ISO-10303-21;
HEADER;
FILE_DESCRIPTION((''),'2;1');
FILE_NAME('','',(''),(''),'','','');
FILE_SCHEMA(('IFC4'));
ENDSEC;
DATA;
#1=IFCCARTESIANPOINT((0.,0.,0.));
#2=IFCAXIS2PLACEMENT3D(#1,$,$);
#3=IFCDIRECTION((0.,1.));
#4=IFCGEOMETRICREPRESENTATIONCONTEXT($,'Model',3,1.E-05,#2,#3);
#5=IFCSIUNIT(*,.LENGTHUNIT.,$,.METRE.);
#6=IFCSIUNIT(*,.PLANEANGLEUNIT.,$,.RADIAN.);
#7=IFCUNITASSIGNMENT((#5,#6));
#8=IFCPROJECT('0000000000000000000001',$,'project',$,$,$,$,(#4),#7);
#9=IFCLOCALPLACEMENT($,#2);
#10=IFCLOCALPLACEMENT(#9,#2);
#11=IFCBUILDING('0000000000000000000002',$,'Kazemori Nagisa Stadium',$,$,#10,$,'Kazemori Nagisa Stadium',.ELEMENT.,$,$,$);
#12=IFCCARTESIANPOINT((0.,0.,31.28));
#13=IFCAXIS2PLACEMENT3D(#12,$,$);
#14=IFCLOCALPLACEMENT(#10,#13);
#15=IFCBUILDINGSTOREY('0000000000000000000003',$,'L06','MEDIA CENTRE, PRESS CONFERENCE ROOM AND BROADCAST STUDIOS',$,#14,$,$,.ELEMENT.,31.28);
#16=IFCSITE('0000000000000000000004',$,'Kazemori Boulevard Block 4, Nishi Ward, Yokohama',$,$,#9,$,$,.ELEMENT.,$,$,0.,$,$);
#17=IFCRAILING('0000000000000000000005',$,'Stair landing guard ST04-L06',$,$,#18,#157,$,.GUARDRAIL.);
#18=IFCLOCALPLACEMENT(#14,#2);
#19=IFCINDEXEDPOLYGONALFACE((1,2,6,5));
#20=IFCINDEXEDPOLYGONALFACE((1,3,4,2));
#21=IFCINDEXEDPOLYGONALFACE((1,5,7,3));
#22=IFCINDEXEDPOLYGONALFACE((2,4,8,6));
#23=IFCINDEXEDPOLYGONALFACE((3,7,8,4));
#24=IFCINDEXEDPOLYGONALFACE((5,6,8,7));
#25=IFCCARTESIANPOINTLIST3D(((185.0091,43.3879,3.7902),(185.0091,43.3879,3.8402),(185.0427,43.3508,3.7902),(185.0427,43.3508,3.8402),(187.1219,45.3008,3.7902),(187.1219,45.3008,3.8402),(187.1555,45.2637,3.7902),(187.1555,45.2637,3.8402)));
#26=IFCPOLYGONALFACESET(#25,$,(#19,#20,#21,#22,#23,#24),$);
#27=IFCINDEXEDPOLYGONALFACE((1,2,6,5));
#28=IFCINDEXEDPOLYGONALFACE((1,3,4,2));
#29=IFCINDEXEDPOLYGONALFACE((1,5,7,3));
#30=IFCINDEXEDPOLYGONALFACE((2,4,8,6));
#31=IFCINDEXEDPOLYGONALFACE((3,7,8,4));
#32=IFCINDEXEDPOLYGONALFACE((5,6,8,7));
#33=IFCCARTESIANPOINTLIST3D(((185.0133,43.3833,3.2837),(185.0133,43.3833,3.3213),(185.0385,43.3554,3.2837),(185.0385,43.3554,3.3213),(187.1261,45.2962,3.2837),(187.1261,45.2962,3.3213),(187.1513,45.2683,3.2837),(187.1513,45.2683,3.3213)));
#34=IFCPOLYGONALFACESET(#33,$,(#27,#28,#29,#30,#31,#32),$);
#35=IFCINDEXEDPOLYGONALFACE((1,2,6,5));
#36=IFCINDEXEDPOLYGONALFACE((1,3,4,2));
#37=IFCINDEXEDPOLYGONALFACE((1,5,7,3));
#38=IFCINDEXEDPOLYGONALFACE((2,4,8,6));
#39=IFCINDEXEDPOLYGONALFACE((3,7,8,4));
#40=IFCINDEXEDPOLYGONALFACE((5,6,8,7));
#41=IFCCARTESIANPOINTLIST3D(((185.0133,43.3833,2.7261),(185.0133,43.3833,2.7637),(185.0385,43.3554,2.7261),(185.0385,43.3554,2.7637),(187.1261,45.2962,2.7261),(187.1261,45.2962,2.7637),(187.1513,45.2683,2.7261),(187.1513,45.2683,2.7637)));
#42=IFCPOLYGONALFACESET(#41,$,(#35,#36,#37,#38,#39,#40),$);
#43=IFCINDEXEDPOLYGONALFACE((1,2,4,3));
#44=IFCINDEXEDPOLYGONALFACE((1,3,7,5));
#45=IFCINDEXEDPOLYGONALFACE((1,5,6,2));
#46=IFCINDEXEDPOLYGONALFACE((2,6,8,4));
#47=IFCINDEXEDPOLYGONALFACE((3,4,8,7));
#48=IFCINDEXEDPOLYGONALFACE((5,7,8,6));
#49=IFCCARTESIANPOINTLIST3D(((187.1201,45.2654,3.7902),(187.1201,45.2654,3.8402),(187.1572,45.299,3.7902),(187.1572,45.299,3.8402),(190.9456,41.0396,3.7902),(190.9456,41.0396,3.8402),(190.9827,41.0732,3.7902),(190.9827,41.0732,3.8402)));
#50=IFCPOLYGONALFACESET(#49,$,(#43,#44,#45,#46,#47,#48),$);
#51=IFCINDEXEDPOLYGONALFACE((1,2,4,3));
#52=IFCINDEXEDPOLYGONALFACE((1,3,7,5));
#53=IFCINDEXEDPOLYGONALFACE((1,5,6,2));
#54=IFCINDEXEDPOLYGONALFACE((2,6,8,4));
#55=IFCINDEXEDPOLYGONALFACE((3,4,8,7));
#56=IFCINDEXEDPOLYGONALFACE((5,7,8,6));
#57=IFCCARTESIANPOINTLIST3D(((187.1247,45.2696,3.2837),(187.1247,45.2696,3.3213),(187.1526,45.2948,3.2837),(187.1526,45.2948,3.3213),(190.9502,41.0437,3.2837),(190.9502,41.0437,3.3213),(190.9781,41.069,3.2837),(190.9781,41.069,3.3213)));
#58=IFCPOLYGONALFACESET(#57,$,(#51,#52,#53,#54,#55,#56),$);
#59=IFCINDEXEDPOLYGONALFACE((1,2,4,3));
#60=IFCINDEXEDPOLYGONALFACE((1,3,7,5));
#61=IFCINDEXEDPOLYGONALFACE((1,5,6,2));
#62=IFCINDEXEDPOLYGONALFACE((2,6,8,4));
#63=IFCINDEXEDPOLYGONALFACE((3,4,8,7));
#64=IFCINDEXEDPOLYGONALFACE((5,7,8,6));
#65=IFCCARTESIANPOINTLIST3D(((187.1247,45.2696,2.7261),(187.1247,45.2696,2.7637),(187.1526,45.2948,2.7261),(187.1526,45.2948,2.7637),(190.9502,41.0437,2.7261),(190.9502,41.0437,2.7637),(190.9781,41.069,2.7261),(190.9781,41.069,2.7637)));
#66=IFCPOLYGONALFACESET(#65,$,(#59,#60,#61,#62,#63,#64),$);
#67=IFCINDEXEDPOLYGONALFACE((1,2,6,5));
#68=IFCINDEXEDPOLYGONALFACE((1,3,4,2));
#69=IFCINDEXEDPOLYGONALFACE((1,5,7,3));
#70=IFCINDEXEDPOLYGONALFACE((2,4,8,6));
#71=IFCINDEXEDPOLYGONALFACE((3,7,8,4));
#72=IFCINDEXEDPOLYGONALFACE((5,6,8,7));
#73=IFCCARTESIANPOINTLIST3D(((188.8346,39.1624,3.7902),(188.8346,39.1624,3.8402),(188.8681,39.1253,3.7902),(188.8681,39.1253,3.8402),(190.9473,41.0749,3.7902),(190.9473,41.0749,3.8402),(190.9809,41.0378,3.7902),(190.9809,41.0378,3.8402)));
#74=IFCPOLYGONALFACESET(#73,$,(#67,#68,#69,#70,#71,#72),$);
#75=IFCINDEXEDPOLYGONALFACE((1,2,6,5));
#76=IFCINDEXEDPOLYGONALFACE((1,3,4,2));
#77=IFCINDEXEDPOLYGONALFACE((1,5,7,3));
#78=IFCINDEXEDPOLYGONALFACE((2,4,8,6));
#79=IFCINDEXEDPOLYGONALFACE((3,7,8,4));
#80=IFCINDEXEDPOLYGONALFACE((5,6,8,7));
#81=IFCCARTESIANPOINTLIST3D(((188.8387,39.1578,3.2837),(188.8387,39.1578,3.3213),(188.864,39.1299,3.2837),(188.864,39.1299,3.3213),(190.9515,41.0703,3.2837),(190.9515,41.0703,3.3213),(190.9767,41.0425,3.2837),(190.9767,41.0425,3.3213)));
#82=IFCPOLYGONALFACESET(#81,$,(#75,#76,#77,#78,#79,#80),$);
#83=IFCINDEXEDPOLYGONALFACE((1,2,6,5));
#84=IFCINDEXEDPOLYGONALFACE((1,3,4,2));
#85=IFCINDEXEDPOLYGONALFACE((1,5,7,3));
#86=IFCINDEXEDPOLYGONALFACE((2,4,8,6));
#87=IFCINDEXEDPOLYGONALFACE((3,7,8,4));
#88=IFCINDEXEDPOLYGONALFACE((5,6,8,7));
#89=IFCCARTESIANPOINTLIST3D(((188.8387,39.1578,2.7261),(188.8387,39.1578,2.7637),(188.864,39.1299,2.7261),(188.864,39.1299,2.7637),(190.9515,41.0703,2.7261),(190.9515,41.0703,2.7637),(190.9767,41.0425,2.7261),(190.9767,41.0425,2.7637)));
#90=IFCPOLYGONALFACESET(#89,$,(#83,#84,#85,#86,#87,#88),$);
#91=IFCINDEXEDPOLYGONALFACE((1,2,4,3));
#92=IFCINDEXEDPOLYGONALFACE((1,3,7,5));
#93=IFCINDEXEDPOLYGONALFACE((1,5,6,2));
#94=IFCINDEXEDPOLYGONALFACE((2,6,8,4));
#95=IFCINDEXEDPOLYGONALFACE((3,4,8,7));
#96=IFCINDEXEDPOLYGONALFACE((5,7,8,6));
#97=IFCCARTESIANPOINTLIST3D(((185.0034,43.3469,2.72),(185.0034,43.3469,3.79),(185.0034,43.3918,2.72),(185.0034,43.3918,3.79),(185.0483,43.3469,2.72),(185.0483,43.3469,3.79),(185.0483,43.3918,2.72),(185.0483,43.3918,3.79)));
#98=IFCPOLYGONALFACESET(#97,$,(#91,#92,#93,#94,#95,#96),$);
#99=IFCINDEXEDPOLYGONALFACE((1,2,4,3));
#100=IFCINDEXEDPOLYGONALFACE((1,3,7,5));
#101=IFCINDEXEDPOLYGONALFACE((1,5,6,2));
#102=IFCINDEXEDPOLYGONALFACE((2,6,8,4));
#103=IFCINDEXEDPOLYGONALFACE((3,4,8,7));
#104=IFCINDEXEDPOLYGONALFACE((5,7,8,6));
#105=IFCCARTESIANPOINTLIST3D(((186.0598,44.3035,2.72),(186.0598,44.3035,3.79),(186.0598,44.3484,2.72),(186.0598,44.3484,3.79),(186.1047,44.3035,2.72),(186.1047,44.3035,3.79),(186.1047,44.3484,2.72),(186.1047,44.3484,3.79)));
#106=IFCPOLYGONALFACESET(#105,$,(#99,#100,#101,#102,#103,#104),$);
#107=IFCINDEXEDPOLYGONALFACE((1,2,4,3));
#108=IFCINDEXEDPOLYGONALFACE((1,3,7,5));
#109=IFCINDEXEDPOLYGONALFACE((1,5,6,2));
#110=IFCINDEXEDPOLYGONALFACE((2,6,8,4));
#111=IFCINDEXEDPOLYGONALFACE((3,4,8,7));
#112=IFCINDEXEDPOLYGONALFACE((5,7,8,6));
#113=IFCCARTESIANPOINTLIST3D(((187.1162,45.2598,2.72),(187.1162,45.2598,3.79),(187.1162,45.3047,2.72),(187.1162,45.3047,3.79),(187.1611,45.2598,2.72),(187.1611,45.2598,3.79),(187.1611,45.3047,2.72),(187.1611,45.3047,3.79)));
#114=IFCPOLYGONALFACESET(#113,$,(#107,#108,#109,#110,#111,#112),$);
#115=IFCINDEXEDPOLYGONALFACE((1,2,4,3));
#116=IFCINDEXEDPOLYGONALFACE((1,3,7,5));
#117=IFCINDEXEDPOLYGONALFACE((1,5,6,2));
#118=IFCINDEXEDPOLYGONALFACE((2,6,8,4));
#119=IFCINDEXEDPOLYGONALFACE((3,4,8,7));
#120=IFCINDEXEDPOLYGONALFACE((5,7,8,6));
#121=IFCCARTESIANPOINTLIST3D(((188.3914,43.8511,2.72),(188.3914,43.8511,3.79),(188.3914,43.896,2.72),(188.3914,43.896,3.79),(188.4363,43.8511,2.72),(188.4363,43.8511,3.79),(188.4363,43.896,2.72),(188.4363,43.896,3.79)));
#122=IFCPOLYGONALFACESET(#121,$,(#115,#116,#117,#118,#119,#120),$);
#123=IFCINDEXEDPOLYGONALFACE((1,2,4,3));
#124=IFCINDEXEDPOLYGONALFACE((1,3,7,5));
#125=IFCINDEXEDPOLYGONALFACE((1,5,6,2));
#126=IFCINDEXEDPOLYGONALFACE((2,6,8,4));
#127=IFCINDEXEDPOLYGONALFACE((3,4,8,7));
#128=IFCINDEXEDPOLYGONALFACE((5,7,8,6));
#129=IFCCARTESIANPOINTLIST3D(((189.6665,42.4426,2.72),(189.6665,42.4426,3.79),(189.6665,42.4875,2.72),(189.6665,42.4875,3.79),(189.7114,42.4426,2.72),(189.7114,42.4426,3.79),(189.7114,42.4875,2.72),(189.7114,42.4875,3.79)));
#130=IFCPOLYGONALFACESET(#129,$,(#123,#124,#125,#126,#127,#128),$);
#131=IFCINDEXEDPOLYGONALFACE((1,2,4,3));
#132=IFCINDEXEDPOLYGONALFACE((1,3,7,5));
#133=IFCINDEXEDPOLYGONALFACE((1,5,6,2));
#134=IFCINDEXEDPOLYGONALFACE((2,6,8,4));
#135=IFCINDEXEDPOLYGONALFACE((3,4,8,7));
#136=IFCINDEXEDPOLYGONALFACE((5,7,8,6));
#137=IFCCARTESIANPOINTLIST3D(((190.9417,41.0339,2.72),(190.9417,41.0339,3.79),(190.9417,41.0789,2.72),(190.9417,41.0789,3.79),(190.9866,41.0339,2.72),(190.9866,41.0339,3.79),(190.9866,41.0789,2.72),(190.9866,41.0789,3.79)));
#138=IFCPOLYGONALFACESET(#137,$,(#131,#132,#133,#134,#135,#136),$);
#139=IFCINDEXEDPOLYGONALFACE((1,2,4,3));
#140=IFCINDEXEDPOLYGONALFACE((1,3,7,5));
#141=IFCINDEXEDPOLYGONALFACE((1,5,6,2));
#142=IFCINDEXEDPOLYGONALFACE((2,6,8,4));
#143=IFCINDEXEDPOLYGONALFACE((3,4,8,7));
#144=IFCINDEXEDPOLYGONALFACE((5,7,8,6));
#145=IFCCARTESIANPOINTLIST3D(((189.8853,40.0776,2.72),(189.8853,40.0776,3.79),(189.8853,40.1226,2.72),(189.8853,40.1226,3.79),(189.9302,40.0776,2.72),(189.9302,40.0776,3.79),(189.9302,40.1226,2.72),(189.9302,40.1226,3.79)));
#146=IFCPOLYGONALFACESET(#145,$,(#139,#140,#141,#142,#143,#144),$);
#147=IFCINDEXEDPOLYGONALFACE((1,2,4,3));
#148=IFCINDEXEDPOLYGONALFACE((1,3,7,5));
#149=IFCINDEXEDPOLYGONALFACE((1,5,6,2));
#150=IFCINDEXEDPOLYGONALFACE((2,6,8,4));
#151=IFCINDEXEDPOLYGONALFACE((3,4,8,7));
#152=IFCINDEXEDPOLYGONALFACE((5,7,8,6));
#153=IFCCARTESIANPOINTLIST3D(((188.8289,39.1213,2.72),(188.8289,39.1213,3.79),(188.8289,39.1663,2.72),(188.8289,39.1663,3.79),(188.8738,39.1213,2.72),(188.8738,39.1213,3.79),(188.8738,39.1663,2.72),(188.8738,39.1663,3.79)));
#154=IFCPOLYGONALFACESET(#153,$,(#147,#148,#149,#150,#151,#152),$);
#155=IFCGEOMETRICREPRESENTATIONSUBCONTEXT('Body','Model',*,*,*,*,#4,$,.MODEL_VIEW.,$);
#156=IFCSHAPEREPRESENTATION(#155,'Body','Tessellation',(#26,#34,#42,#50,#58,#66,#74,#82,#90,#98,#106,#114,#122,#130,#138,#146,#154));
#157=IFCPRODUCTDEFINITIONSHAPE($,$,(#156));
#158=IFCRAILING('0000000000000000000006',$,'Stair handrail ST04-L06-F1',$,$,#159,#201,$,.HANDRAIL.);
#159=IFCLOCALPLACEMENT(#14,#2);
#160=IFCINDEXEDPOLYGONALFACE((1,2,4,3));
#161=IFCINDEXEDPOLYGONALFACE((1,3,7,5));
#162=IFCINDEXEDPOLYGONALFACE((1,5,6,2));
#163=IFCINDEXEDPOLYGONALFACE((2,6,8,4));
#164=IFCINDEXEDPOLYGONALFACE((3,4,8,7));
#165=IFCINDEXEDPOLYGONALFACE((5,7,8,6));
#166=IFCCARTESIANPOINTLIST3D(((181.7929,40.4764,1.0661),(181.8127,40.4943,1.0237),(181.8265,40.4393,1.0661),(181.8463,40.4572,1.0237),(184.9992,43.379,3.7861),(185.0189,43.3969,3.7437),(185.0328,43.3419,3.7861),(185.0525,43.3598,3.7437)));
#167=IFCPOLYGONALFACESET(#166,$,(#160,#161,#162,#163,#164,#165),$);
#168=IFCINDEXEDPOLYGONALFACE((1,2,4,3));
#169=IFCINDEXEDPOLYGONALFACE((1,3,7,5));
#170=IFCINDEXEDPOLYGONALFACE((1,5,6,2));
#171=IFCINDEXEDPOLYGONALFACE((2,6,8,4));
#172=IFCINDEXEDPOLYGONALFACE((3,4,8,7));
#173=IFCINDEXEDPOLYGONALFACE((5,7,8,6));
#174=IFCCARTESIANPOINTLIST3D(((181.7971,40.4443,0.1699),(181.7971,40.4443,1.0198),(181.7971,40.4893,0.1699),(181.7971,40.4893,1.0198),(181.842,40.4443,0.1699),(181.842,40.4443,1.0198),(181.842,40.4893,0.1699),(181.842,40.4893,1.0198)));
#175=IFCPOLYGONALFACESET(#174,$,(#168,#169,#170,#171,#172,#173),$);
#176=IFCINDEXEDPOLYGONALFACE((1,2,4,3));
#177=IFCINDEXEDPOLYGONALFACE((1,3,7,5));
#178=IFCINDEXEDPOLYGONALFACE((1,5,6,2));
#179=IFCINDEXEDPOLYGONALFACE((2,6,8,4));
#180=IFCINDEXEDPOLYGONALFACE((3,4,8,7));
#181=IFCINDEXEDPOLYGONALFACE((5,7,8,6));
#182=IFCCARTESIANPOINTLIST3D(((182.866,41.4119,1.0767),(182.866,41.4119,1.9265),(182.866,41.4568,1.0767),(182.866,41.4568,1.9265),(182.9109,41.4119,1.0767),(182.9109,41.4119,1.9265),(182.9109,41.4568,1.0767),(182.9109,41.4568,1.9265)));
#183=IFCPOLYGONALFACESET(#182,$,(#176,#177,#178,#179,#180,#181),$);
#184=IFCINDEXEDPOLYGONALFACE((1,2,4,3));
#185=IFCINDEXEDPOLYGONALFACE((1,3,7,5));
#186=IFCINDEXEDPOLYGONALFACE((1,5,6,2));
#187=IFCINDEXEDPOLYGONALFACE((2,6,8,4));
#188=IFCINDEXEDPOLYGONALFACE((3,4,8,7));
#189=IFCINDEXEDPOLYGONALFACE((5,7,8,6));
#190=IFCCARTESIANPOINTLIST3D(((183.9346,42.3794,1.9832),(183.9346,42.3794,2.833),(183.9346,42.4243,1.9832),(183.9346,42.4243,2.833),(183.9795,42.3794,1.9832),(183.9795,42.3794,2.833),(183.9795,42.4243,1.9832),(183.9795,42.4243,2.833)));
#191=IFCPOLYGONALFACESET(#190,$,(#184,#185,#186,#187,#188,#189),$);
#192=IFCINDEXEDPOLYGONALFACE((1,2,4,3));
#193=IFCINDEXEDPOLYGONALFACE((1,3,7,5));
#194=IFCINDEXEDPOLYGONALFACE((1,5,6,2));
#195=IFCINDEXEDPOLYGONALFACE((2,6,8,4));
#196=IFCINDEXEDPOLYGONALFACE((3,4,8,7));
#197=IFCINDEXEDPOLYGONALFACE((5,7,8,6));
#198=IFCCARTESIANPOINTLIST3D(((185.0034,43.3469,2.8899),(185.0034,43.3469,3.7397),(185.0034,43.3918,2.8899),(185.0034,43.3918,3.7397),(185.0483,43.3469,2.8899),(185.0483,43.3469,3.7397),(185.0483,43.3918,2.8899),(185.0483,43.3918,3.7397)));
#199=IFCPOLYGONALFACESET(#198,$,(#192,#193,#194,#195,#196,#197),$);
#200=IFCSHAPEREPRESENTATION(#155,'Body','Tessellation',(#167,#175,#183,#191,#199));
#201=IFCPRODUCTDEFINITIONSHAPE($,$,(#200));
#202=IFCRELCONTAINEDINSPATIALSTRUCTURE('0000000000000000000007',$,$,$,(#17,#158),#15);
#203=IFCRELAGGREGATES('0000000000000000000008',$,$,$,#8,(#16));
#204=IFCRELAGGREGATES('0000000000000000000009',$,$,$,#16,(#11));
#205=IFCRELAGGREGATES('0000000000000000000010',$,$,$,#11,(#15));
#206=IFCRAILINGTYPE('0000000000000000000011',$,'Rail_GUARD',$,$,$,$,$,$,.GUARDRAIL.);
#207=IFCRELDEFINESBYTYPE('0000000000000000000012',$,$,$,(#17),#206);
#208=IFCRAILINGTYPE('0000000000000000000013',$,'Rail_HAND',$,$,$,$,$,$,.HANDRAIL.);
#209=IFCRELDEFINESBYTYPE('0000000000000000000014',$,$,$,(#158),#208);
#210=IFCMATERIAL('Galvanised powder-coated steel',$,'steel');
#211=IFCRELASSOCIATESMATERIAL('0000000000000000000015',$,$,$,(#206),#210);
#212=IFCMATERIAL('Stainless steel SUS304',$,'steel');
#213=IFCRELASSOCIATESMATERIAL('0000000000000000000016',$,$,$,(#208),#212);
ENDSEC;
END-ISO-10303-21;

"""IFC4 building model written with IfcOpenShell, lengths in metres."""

from ifc_helpers import new_model, si_unit, direction, frame, origin, origin_2d, place, context, subcontext, project, spatial, rectangle, extrude, material, type_object, element, save


model = new_model("IFC4")

# Units and contexts
model_context = context("Model", 3, precision=1e-05, world=origin(), true_north=direction((0.0, 1.0)))
body_context = subcontext(model_context, "Body", "Model", "MODEL_VIEW")
ifc_project = project(units=[si_unit("LENGTHUNIT", "METRE"), si_unit("PLANEANGLEUNIT", "RADIAN")], contexts=[model_context])

# Site, building, storey
site_placement = place(None, origin())
site = spatial("IfcSite", under=ifc_project, at=site_placement, Name="Kazemori Boulevard Block 4, Nishi Ward, Yokohama", CompositionType="ELEMENT", RefElevation=0.0)
building_placement = place(site_placement, origin())
building = spatial("IfcBuilding", under=site, at=building_placement, Name="Kazemori Nagisa Stadium", LongName="Kazemori Nagisa Stadium", CompositionType="ELEMENT")
storey_placement = place(building_placement, frame((0.0, 0.0, 31.28)))
storey = spatial("IfcBuildingStorey", under=building, at=storey_placement, Name="L06", Description="MEDIA CENTRE, PRESS CONFERENCE ROOM AND BROADCAST STUDIOS", CompositionType="ELEMENT", Elevation=31.28)

# Shared definitions
ifc_material_1 = material(Name="Stainless steel SUS304", Category="steel")

# Railings
ifc_material_2 = material(Name="Galvanised powder-coated steel", Category="steel")
railing_type_1 = type_object("IfcRailingType", Name="Rail_GUARD", PredefinedType="GUARDRAIL", material=ifc_material_2)
railing_1_placement = place(storey_placement, frame((185.0259, 43.3694, 2.72)))
element("IfcRailing", 1, at=railing_1_placement, inside=storey, type_object=railing_type_1, Name="Stair landing guard ST04-L06", PredefinedType="GUARDRAIL", context=body_context, shape_type="SweptSolid", body=[
    extrude(rectangle(XDim=0.05, YDim=0.05, at=origin_2d()), frame((0.0, 0.0, 1.0952), z_axis=(0.741315, 0.671158, 0.0), x_axis=(-0.671158, 0.741315, 0.0)), (0.0, 0.0, 1.0), 2.8501),
    extrude(rectangle(XDim=0.0376, YDim=0.0376, at=origin_2d()), frame((0.0, 0.0, 0.5825), z_axis=(0.741315, 0.671158, 0.0), x_axis=(-0.671158, 0.741315, 0.0)), (0.0, 0.0, 1.0), 2.8501),
    extrude(rectangle(XDim=0.0376, YDim=0.0376, at=origin_2d()), frame((0.0, 0.0, 0.0249), z_axis=(0.741315, 0.671158, 0.0), x_axis=(-0.671158, 0.741315, 0.0)), (0.0, 0.0, 1.0), 2.8501),
    extrude(rectangle(XDim=0.05, YDim=0.05, at=origin_2d()), frame((2.1128, 1.9128, 1.0952), z_axis=(0.671113, -0.741355, 0.0), x_axis=(0.741355, 0.671113, 0.0)), (0.0, 0.0, 1.0), 5.7002),
    extrude(rectangle(XDim=0.0376, YDim=0.0376, at=origin_2d()), frame((2.1128, 1.9128, 0.5825), z_axis=(0.671113, -0.741355, 0.0), x_axis=(0.741355, 0.671113, 0.0)), (0.0, 0.0, 1.0), 5.7002),
    extrude(rectangle(XDim=0.0376, YDim=0.0376, at=origin_2d()), frame((2.1128, 1.9128, 0.0249), z_axis=(0.671113, -0.741355, 0.0), x_axis=(0.741355, 0.671113, 0.0)), (0.0, 0.0, 1.0), 5.7002),
    extrude(rectangle(XDim=0.05, YDim=0.05, at=origin_2d()), frame((5.9382, -2.313, 1.0952), z_axis=(-0.741357, -0.671111, 0.0), x_axis=(0.671111, -0.741357, 0.0)), (0.0, 0.0, 1.0), 2.8499),
    extrude(rectangle(XDim=0.0376, YDim=0.0376, at=origin_2d()), frame((5.9382, -2.313, 0.5825), z_axis=(-0.741357, -0.671111, 0.0), x_axis=(0.671111, -0.741357, 0.0)), (0.0, 0.0, 1.0), 2.8499),
    extrude(rectangle(XDim=0.0376, YDim=0.0376, at=origin_2d()), frame((5.9382, -2.313, 0.0249), z_axis=(-0.741357, -0.671111, 0.0), x_axis=(0.671111, -0.741357, 0.0)), (0.0, 0.0, 1.0), 2.8499),
    extrude(rectangle(XDim=0.0449, YDim=0.0449, at=origin_2d()), origin(), (0.0, 0.0, 1.0), 1.0701),
    extrude(rectangle(XDim=0.0449, YDim=0.0449, at=origin_2d()), frame((1.0564, 0.9565, 0.0)), (0.0, 0.0, 1.0), 1.0701),
    extrude(rectangle(XDim=0.0449, YDim=0.0449, at=origin_2d()), frame((2.1128, 1.9128, 0.0)), (0.0, 0.0, 1.0), 1.0701),
    extrude(rectangle(XDim=0.0449, YDim=0.0449, at=origin_2d()), frame((3.3879, 0.5042, 0.0)), (0.0, 0.0, 1.0), 1.0701),
    extrude(rectangle(XDim=0.0449, YDim=0.0449, at=origin_2d()), frame((4.6631, -0.9043, 0.0)), (0.0, 0.0, 1.0), 1.0701),
    extrude(rectangle(XDim=0.0449, YDim=0.0449, at=origin_2d()), frame((5.9382, -2.313, 0.0)), (0.0, 0.0, 1.0), 1.0701),
    extrude(rectangle(XDim=0.0449, YDim=0.0449, at=origin_2d()), frame((4.8818, -3.2693, 0.0)), (0.0, 0.0, 1.0), 1.0701),
    extrude(rectangle(XDim=0.0449, YDim=0.0449, at=origin_2d()), frame((3.8254, -4.2256, 0.0)), (0.0, 0.0, 1.0), 1.0701),
])
railing_type_2 = type_object("IfcRailingType", Name="Rail_HAND", PredefinedType="HANDRAIL", material=ifc_material_1)
railing_2_placement = place(storey_placement, frame((181.8196, 40.4668, 0.1699)))
element("IfcRailing", 2, at=railing_2_placement, inside=storey, type_object=railing_type_2, Name="Stair handrail ST04-L06-F1", PredefinedType="HANDRAIL", context=body_context, shape_type="SweptSolid", body=[
    extrude(rectangle(XDim=0.05, YDim=0.05, at=origin_2d()), frame((0.0, 0.0, 0.875), z_axis=(0.627558, 0.568113, 0.53237), x_axis=(-0.671123, 0.741346, 0.0)), (0.0, 0.0, 1.0), 5.1091),
    extrude(rectangle(XDim=0.0449, YDim=0.0449, at=origin_2d()), origin(), (0.0, 0.0, 1.0), 0.8499),
    extrude(rectangle(XDim=0.0449, YDim=0.0449, at=origin_2d()), frame((1.0688, 0.9675, 0.9067)), (0.0, 0.0, 1.0), 0.8499),
    extrude(rectangle(XDim=0.0449, YDim=0.0449, at=origin_2d()), frame((2.1375, 1.9351, 1.8132)), (0.0, 0.0, 1.0), 0.8499),
    extrude(rectangle(XDim=0.0449, YDim=0.0449, at=origin_2d()), frame((3.2063, 2.9026, 2.72)), (0.0, 0.0, 1.0), 0.8499),
])

save(model, "model.ifc")
